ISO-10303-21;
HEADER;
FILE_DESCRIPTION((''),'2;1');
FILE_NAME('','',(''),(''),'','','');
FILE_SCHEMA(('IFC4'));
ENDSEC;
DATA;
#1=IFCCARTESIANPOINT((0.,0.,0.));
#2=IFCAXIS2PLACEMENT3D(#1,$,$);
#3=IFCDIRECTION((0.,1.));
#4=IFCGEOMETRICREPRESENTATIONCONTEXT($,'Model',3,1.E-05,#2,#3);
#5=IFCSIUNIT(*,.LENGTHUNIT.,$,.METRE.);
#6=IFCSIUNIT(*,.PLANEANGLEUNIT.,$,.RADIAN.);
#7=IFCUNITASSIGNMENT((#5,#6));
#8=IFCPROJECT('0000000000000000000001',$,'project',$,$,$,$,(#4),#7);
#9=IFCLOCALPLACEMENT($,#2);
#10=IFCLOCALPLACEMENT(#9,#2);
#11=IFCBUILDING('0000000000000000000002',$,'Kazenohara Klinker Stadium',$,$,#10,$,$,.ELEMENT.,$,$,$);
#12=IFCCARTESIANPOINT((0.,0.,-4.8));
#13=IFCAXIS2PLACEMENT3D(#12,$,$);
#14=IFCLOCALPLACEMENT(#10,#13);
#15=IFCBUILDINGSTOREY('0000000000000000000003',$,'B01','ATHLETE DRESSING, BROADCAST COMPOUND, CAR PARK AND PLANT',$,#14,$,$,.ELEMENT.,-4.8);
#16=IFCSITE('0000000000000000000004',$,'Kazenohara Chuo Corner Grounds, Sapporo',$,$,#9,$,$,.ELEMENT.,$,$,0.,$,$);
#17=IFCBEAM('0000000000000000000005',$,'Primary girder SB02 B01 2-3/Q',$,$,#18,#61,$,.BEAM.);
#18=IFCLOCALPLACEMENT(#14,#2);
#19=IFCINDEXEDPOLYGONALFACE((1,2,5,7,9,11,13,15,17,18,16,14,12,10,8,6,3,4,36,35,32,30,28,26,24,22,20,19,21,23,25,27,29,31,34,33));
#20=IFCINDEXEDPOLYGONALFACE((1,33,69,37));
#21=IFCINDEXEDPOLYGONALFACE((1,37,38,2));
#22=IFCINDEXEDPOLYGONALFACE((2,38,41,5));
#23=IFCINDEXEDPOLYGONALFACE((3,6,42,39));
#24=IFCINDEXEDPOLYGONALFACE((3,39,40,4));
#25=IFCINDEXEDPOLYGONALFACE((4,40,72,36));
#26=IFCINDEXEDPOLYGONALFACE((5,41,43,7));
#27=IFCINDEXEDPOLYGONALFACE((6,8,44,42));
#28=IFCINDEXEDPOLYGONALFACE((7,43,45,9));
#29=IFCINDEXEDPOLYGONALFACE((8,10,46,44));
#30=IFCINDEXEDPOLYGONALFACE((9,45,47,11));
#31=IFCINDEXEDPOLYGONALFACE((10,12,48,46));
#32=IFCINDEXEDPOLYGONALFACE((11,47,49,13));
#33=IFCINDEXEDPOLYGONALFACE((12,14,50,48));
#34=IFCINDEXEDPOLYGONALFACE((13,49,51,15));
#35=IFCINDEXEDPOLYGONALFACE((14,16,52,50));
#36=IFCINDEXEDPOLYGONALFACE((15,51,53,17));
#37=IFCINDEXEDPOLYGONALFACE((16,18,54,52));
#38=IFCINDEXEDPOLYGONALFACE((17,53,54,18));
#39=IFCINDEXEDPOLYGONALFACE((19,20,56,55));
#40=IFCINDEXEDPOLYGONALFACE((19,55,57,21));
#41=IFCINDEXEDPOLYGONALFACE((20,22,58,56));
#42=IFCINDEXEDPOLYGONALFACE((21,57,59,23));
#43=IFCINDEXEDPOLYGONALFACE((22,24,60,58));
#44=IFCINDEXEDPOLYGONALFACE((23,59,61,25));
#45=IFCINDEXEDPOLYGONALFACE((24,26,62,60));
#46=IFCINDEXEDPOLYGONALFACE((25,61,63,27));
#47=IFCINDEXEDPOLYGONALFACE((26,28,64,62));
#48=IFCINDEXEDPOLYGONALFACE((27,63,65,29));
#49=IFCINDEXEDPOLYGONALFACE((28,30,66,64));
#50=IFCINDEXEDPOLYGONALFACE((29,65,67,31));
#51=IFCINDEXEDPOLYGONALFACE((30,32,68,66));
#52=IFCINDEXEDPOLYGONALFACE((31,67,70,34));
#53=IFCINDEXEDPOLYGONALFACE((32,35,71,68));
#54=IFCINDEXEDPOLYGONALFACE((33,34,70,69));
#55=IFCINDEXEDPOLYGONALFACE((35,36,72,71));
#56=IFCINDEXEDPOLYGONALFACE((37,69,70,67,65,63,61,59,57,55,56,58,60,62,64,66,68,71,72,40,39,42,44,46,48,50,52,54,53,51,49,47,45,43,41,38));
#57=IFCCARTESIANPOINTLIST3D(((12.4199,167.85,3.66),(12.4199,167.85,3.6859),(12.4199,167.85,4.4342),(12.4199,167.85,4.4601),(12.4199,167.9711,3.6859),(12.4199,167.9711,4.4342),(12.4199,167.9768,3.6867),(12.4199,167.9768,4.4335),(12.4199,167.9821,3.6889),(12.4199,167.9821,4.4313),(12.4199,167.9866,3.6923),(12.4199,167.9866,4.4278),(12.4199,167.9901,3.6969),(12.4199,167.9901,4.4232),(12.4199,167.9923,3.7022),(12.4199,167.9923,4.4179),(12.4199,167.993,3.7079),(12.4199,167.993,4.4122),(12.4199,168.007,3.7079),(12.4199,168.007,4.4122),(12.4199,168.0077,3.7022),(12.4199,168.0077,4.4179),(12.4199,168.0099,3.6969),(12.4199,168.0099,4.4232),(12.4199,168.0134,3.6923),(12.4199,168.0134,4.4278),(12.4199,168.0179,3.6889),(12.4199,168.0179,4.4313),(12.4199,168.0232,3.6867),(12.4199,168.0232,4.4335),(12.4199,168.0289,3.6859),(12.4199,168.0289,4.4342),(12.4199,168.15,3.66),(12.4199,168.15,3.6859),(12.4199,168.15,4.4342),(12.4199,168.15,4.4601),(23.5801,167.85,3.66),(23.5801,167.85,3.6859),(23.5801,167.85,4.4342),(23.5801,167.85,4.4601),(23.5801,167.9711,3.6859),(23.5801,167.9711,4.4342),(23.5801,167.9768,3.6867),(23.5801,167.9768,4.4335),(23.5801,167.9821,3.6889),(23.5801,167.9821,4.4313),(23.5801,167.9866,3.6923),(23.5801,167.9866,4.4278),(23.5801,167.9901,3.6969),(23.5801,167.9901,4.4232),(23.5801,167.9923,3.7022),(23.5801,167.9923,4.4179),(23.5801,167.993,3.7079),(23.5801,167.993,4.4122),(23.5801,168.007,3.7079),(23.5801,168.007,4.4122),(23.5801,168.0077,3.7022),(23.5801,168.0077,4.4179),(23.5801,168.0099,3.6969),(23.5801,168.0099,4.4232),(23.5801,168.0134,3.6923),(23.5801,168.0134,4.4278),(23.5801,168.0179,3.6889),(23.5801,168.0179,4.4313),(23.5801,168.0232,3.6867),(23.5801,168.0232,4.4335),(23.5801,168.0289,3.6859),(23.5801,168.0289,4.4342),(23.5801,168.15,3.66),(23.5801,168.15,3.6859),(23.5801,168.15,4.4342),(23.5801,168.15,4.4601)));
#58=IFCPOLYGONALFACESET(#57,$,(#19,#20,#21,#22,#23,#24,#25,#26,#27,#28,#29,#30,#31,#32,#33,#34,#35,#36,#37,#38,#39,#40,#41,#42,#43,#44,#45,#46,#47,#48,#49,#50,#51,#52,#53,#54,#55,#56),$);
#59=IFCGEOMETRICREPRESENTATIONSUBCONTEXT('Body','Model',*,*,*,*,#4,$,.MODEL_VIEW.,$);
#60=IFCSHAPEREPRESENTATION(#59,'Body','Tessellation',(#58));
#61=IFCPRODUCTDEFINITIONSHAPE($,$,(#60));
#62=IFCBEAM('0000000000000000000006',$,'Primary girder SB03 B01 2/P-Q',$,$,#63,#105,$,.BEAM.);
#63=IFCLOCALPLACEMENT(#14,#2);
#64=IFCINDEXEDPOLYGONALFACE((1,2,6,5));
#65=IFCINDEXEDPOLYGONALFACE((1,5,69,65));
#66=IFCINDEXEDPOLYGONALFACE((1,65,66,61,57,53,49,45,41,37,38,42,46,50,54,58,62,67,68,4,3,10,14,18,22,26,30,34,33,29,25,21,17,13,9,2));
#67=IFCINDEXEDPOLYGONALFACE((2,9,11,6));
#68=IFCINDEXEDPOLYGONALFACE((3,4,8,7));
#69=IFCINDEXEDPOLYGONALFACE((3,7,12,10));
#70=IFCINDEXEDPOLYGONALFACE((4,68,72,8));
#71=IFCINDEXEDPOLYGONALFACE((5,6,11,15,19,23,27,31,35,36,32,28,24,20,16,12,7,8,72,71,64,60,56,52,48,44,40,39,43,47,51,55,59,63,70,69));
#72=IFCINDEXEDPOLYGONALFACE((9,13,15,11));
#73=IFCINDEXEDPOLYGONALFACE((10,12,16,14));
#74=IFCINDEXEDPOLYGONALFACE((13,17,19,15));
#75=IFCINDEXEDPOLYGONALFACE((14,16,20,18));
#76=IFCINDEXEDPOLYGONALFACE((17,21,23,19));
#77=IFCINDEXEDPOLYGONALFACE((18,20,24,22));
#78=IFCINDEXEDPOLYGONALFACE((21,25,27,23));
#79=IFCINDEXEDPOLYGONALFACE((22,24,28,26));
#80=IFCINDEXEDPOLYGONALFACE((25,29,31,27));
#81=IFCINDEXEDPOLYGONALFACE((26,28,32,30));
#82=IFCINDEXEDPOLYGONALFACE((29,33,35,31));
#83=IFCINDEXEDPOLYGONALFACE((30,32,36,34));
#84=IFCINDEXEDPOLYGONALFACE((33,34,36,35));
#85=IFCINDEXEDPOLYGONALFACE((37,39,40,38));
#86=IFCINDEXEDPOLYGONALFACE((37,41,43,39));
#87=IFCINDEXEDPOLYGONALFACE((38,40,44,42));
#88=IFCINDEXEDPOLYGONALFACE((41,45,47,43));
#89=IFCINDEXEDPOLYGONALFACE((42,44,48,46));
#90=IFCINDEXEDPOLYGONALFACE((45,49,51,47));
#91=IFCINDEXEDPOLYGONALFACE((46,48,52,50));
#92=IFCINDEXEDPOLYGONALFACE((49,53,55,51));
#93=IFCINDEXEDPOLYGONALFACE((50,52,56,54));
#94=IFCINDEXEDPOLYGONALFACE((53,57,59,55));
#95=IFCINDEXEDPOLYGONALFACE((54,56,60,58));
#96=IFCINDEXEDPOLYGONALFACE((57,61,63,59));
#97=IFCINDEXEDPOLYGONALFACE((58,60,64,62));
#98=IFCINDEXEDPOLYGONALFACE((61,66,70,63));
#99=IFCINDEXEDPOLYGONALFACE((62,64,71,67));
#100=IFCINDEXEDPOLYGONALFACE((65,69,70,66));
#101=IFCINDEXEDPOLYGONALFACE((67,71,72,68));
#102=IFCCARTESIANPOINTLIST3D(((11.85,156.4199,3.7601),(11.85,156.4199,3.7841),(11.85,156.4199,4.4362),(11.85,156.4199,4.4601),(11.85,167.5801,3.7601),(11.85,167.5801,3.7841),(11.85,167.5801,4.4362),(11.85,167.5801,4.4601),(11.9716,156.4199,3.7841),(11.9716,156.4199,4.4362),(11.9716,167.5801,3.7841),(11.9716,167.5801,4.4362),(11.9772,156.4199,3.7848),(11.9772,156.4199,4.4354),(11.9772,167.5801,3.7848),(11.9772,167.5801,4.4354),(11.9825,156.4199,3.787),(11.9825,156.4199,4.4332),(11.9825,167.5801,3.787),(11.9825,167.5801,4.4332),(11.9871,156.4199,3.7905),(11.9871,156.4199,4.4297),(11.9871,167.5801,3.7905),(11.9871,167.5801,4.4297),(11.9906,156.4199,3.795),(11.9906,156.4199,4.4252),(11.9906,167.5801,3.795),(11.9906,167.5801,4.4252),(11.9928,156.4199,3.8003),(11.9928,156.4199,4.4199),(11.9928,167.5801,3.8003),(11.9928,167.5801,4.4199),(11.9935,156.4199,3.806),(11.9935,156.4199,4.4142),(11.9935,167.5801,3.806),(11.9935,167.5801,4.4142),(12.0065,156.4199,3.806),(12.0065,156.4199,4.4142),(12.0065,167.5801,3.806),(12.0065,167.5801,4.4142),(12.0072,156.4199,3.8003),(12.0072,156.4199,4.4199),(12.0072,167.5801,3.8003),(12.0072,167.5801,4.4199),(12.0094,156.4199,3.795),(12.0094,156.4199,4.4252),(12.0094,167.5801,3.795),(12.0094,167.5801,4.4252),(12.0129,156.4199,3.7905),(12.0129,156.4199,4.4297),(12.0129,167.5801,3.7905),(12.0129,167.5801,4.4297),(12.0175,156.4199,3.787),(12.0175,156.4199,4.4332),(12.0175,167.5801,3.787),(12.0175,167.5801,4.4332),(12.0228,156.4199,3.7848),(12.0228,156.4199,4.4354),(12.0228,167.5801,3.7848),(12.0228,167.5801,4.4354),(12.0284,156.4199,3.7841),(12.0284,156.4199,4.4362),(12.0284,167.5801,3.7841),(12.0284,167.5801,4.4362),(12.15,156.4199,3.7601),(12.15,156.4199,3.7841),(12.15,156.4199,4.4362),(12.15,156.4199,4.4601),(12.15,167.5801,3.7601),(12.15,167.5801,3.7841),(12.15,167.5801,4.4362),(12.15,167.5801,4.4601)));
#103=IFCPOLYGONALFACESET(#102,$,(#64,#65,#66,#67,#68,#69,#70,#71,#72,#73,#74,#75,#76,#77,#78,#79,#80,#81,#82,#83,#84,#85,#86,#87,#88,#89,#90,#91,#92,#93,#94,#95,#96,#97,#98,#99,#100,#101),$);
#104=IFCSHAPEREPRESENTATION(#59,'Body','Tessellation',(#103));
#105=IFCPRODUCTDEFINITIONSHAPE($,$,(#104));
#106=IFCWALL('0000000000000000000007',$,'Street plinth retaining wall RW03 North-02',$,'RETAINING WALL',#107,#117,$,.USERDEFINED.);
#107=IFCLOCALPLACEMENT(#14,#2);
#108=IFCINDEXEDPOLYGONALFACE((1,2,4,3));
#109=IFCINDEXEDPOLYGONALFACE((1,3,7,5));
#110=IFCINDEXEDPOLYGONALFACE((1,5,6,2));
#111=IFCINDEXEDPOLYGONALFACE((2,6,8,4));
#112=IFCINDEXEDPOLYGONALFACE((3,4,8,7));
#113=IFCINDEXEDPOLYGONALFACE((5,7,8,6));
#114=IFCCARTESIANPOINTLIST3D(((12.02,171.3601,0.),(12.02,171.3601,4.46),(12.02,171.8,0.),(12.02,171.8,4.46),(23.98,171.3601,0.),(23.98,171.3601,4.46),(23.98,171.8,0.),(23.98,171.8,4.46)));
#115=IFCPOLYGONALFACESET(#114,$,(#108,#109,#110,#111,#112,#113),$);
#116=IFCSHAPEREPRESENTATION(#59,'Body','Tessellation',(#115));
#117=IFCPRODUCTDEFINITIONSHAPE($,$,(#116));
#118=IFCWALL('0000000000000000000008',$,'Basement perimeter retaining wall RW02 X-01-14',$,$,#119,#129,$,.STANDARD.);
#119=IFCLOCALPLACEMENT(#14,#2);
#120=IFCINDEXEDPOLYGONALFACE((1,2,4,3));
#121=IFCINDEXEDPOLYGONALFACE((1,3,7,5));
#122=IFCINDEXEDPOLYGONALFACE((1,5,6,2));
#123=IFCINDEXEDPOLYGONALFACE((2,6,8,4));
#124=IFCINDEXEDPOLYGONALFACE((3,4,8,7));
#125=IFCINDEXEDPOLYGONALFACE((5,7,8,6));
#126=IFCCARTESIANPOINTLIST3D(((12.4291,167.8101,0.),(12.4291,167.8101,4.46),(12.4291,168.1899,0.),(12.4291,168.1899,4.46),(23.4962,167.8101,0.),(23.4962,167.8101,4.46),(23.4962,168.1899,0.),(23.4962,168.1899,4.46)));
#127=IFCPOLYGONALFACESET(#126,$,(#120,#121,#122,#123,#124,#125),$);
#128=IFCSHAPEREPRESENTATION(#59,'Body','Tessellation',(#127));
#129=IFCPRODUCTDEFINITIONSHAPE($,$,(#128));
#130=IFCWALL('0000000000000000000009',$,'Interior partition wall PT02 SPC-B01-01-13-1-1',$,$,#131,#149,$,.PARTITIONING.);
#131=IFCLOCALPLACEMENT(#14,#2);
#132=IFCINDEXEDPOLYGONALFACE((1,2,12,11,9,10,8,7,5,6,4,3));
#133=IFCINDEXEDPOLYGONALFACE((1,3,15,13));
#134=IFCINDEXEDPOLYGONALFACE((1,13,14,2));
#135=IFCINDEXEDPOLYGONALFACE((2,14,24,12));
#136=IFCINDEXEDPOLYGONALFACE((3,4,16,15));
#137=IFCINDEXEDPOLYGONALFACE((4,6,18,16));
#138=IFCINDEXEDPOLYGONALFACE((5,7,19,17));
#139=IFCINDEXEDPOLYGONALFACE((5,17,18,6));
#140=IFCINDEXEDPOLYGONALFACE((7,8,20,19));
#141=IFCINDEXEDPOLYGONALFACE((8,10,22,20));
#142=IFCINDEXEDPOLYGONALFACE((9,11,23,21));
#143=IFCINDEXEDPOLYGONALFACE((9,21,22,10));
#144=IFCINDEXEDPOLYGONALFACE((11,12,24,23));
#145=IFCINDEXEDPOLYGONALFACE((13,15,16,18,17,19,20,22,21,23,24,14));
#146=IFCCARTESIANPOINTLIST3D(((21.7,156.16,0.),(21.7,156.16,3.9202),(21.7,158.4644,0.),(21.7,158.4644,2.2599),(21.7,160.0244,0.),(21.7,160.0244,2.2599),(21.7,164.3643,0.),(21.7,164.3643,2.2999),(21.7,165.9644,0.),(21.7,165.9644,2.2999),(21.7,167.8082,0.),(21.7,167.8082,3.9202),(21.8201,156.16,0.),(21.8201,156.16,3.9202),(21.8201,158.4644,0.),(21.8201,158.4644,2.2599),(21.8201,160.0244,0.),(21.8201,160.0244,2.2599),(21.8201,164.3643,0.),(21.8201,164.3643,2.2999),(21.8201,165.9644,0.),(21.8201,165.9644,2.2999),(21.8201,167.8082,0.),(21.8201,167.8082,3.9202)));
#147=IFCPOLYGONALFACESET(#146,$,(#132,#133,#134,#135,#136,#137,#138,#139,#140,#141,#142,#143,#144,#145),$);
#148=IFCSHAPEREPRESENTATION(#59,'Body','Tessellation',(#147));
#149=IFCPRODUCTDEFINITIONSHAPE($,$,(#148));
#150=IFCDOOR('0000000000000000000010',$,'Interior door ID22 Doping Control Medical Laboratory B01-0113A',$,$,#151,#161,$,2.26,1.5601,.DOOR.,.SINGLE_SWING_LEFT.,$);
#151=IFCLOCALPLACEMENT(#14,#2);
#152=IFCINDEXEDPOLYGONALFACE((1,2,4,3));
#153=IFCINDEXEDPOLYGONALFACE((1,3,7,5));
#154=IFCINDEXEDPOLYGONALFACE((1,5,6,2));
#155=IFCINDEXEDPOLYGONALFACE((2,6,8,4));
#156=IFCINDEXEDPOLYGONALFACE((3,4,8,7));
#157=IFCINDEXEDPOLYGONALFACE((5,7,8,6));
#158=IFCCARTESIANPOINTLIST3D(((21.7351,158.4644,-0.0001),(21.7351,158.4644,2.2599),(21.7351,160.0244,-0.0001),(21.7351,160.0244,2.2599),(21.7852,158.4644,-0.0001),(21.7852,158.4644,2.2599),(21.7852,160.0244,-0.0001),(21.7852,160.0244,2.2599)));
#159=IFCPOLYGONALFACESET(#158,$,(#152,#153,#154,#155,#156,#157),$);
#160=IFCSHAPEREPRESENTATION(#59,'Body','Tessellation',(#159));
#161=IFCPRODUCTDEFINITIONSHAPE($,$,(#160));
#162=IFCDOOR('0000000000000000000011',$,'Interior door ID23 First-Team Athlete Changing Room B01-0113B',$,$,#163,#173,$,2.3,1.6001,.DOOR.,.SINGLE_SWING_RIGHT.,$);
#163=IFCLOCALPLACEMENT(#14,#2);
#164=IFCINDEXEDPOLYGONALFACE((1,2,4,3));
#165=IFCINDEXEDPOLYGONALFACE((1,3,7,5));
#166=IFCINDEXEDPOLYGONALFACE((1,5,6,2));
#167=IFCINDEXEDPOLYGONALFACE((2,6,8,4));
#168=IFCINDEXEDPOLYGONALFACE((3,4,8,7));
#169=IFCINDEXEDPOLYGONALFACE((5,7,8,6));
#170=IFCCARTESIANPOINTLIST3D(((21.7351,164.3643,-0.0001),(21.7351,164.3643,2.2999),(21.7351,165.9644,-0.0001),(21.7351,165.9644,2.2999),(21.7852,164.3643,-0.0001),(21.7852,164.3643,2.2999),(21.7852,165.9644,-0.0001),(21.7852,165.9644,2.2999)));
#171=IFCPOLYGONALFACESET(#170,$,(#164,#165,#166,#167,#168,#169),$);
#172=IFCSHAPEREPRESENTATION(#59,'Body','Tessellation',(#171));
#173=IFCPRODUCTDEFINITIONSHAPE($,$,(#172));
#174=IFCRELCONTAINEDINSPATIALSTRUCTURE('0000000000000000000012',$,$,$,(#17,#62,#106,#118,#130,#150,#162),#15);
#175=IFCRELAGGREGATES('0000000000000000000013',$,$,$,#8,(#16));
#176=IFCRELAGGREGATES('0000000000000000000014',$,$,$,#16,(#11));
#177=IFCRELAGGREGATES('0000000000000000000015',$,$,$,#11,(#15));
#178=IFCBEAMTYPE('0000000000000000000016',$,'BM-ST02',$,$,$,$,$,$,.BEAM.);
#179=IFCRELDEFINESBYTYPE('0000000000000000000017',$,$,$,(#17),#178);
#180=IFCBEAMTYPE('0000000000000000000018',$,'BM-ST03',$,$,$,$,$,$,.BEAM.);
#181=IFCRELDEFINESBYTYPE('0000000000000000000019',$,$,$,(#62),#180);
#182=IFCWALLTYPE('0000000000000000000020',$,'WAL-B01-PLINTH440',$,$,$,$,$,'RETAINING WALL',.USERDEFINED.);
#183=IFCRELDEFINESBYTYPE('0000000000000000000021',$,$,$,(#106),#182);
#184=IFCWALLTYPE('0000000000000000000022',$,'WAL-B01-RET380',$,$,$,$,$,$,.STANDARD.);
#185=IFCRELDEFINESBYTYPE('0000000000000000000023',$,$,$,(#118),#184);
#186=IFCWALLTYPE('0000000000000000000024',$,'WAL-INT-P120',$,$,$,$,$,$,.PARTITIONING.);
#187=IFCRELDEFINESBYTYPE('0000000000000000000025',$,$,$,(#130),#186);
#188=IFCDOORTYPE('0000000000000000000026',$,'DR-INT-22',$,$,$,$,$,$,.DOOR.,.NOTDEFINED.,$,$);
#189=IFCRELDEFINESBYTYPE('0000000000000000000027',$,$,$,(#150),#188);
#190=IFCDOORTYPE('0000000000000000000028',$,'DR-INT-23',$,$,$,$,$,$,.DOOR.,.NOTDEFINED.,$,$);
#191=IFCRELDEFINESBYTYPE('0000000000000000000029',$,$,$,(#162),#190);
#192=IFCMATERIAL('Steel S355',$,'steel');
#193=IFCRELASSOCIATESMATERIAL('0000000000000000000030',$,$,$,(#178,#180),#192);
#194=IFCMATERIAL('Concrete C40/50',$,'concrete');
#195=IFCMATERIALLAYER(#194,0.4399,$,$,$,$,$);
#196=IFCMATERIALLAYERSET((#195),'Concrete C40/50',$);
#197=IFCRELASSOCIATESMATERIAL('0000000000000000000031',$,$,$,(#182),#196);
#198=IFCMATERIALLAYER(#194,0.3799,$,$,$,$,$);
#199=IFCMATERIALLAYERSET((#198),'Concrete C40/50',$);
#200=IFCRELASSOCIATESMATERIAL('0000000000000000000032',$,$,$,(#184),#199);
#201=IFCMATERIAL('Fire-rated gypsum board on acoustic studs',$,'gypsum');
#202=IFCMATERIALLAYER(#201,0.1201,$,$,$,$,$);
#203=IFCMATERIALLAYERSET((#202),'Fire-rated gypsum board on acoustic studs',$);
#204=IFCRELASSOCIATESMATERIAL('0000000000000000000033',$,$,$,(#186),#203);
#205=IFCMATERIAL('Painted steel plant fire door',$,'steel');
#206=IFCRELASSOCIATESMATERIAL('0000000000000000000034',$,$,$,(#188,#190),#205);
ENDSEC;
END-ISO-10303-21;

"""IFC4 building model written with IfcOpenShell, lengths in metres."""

from ifc_helpers import new_model, si_unit, direction, frame, frame_2d, origin, origin_2d, place, context, subcontext, project, spatial, rectangle, i_section, extrude, material, layer, layer_set, material_profile, profile_set, type_object, element, fill, save


model = new_model("IFC4")

# Units and contexts
model_context = context("Model", 3, precision=1e-05, world=origin(), true_north=direction((0.0, 1.0)))
body_context = subcontext(model_context, "Body", "Model", "MODEL_VIEW")
ifc_project = project(units=[si_unit("LENGTHUNIT", "METRE"), si_unit("PLANEANGLEUNIT", "RADIAN")], contexts=[model_context])

# Site, building, storey
site_placement = place(None, origin())
site = spatial("IfcSite", under=ifc_project, at=site_placement, Name="Kazenohara Chuo Corner Grounds, Sapporo", CompositionType="ELEMENT", RefElevation=0.0)
building_placement = place(site_placement, origin())
building = spatial("IfcBuilding", under=site, at=building_placement, Name="Kazenohara Klinker Stadium", CompositionType="ELEMENT")
storey_placement = place(building_placement, frame((0.0, 0.0, -4.8)))
storey = spatial("IfcBuildingStorey", under=building, at=storey_placement, Name="B01", Description="ATHLETE DRESSING, BROADCAST COMPOUND, CAR PARK AND PLANT", CompositionType="ELEMENT", Elevation=-4.8)

# Shared definitions
ifc_material_1 = material(Name="Concrete C40/50", Category="concrete")

# Beams
ifc_material_2 = material(Name="Steel S355", Category="steel")
ifc_material_profile_1 = material_profile(ifc_material_2, i_section(OverallWidth=0.3, OverallDepth=0.8, WebThickness=0.0139, FlangeThickness=0.0259, FilletRadius=0.022, at=origin_2d()), Name="H-800x300x14x26")
ifc_profile_set_1 = profile_set([ifc_material_profile_1], Name="Steel S355")
beam_type_1 = type_object("IfcBeamType", Name="BM-ST02", PredefinedType="BEAM", material=ifc_profile_set_1)
beam_1_placement = place(storey_placement, frame((12.4199, 168.0, 4.0601), z_axis=(1.0, 0.0, 0.0), x_axis=(0.0, 1.0, 0.0)))
element("IfcBeam", 1, at=beam_1_placement, inside=storey, type_object=beam_type_1, Name="Primary girder SB02 B01 2-3/Q", PredefinedType="BEAM", context=body_context, shape_type="SweptSolid", body=[
    extrude(i_section(OverallWidth=0.3, OverallDepth=0.8, WebThickness=0.0139, FlangeThickness=0.0259, FilletRadius=0.022, at=origin_2d()), origin(), (0.0, 0.0, 1.0), 11.1602),
])
ifc_material_profile_2 = material_profile(ifc_material_2, i_section(OverallWidth=0.3, OverallDepth=0.7, WebThickness=0.0129, FlangeThickness=0.0239, FilletRadius=0.022, at=origin_2d()), Name="H-700x300x13x24")
ifc_profile_set_2 = profile_set([ifc_material_profile_2], Name="Steel S355")
beam_type_2 = type_object("IfcBeamType", Name="BM-ST03", PredefinedType="BEAM", material=ifc_profile_set_2)
beam_2_placement = place(storey_placement, frame((12.0, 156.4199, 4.1101), z_axis=(0.0, 1.0, 0.0), x_axis=(-1.0, 0.0, 0.0)))
element("IfcBeam", 2, at=beam_2_placement, inside=storey, type_object=beam_type_2, Name="Primary girder SB03 B01 2/P-Q", PredefinedType="BEAM", context=body_context, shape_type="SweptSolid", body=[
    extrude(i_section(OverallWidth=0.3, OverallDepth=0.7, WebThickness=0.0129, FlangeThickness=0.0239, FilletRadius=0.022, at=origin_2d()), origin(), (0.0, 0.0, 1.0), 11.1602),
])

# Walls
ifc_layer_1 = layer(ifc_material_1, 0.4399)
ifc_layer_set_1 = layer_set([ifc_layer_1], Name="Concrete C40/50")
wall_type_1 = type_object("IfcWallType", Name="WAL-B01-PLINTH440", ElementType="RETAINING WALL", PredefinedType="USERDEFINED", material=ifc_layer_set_1)
wall_1_placement = place(storey_placement, frame((12.02, 171.5801, 0.0), z_axis=(0.0, 0.0, 1.0), x_axis=(1.0, 0.0, 0.0)))
element("IfcWall", 3, at=wall_1_placement, inside=storey, type_object=wall_type_1, Name="Street plinth retaining wall RW03 North-02", ObjectType="RETAINING WALL", PredefinedType="USERDEFINED", context=body_context, shape_type="SweptSolid", body=[
    extrude(rectangle(XDim=11.96, YDim=0.4399, at=frame_2d((5.98, 0.0))), origin(), (0.0, 0.0, 1.0), 4.46),
])
ifc_layer_2 = layer(ifc_material_1, 0.3799)
ifc_layer_set_2 = layer_set([ifc_layer_2], Name="Concrete C40/50")
wall_type_2 = type_object("IfcWallType", Name="WAL-B01-RET380", PredefinedType="STANDARD", material=ifc_layer_set_2)
wall_2_placement = place(storey_placement, frame((12.429, 168.0, 0.0), z_axis=(0.0, 0.0, 1.0), x_axis=(1.0, 0.0, 0.0)))
element("IfcWall", 4, at=wall_2_placement, inside=storey, type_object=wall_type_2, Name="Basement perimeter retaining wall RW02 X-01-14", PredefinedType="STANDARD", context=body_context, shape_type="SweptSolid", body=[
    extrude(rectangle(XDim=11.0671, YDim=0.3799, at=frame_2d((5.5337, 0.0))), origin(), (0.0, 0.0, 1.0), 4.46),
])

# Wall, openings, doors
ifc_material_3 = material(Name="Fire-rated gypsum board on acoustic studs", Category="gypsum")
ifc_layer_3 = layer(ifc_material_3, 0.1201)
ifc_layer_set_3 = layer_set([ifc_layer_3], Name="Fire-rated gypsum board on acoustic studs")
wall_type_3 = type_object("IfcWallType", Name="WAL-INT-P120", PredefinedType="PARTITIONING", material=ifc_layer_set_3)
wall_3_placement = place(storey_placement, frame((21.76, 156.1599, 0.0), z_axis=(0.0, 0.0, 1.0), x_axis=(0.0, 1.0, 0.0)))
wall_3 = element("IfcWall", 5, at=wall_3_placement, inside=storey, type_object=wall_type_3, Name="Interior partition wall PT02 SPC-B01-01-13-1-1", PredefinedType="PARTITIONING", context=body_context, shape_type="SweptSolid", body=[
    extrude(rectangle(XDim=11.6482, YDim=0.1201, at=frame_2d((5.8242, 0.0))), origin(), (0.0, 0.0, 1.0), 3.9202),
])
opening_1_placement = place(wall_3_placement, frame((2.3044, 0.0, 0.0)))
opening_1 = element("IfcOpeningElement", 6, at=opening_1_placement, cuts=wall_3, PredefinedType="OPENING", context=body_context, shape_type="SweptSolid", body=[
    extrude(rectangle(XDim=1.5601, YDim=2.26, at=frame_2d((0.78, 1.1299))), frame((0.0, 0.0701, 0.0), z_axis=(0.0, -1.0, 0.0), x_axis=(1.0, 0.0, 0.0)), (0.0, 0.0, 1.0), 0.1401),
])
opening_2_placement = place(wall_3_placement, frame((8.2043, 0.0, 0.0)))
opening_2 = element("IfcOpeningElement", 7, at=opening_2_placement, cuts=wall_3, PredefinedType="OPENING", context=body_context, shape_type="SweptSolid", body=[
    extrude(rectangle(XDim=1.6001, YDim=2.3, at=frame_2d((0.8, 1.1499))), frame((0.0, 0.0701, 0.0), z_axis=(0.0, -1.0, 0.0), x_axis=(1.0, 0.0, 0.0)), (0.0, 0.0, 1.0), 0.1401),
])
ifc_material_4 = material(Name="Painted steel plant fire door", Category="steel")
door_type_1 = type_object("IfcDoorType", Name="DR-INT-22", OperationType="NOTDEFINED", PredefinedType="DOOR", material=ifc_material_4)
door_1_placement = place(opening_1_placement, origin())
door_1 = element("IfcDoor", 8, at=door_1_placement, inside=storey, type_object=door_type_1, Name="Interior door ID22 Doping Control Medical Laboratory B01-0113A", OperationType="SINGLE_SWING_LEFT", OverallHeight=2.26, OverallWidth=1.5601, PredefinedType="DOOR", context=body_context, shape_type="SweptSolid", body=[
    extrude(rectangle(XDim=1.5601, YDim=2.26, at=frame_2d((0.78, 1.1299))), frame((0.0, 0.0249, 0.0), z_axis=(0.0, -1.0, 0.0), x_axis=(1.0, 0.0, 0.0)), (0.0, 0.0, 1.0), 0.05),
])
fill(opening_1, door_1)
door_type_2 = type_object("IfcDoorType", Name="DR-INT-23", OperationType="NOTDEFINED", PredefinedType="DOOR", material=ifc_material_4)
door_2_placement = place(opening_2_placement, origin())
door_2 = element("IfcDoor", 9, at=door_2_placement, inside=storey, type_object=door_type_2, Name="Interior door ID23 First-Team Athlete Changing Room B01-0113B", OperationType="SINGLE_SWING_RIGHT", OverallHeight=2.3, OverallWidth=1.6001, PredefinedType="DOOR", context=body_context, shape_type="SweptSolid", body=[
    extrude(rectangle(XDim=1.6001, YDim=2.3, at=frame_2d((0.8, 1.1499))), frame((0.0, 0.0249, 0.0), z_axis=(0.0, -1.0, 0.0), x_axis=(1.0, 0.0, 0.0)), (0.0, 0.0, 1.0), 0.05),
])
fill(opening_2, door_2)

save(model, "model.ifc")
